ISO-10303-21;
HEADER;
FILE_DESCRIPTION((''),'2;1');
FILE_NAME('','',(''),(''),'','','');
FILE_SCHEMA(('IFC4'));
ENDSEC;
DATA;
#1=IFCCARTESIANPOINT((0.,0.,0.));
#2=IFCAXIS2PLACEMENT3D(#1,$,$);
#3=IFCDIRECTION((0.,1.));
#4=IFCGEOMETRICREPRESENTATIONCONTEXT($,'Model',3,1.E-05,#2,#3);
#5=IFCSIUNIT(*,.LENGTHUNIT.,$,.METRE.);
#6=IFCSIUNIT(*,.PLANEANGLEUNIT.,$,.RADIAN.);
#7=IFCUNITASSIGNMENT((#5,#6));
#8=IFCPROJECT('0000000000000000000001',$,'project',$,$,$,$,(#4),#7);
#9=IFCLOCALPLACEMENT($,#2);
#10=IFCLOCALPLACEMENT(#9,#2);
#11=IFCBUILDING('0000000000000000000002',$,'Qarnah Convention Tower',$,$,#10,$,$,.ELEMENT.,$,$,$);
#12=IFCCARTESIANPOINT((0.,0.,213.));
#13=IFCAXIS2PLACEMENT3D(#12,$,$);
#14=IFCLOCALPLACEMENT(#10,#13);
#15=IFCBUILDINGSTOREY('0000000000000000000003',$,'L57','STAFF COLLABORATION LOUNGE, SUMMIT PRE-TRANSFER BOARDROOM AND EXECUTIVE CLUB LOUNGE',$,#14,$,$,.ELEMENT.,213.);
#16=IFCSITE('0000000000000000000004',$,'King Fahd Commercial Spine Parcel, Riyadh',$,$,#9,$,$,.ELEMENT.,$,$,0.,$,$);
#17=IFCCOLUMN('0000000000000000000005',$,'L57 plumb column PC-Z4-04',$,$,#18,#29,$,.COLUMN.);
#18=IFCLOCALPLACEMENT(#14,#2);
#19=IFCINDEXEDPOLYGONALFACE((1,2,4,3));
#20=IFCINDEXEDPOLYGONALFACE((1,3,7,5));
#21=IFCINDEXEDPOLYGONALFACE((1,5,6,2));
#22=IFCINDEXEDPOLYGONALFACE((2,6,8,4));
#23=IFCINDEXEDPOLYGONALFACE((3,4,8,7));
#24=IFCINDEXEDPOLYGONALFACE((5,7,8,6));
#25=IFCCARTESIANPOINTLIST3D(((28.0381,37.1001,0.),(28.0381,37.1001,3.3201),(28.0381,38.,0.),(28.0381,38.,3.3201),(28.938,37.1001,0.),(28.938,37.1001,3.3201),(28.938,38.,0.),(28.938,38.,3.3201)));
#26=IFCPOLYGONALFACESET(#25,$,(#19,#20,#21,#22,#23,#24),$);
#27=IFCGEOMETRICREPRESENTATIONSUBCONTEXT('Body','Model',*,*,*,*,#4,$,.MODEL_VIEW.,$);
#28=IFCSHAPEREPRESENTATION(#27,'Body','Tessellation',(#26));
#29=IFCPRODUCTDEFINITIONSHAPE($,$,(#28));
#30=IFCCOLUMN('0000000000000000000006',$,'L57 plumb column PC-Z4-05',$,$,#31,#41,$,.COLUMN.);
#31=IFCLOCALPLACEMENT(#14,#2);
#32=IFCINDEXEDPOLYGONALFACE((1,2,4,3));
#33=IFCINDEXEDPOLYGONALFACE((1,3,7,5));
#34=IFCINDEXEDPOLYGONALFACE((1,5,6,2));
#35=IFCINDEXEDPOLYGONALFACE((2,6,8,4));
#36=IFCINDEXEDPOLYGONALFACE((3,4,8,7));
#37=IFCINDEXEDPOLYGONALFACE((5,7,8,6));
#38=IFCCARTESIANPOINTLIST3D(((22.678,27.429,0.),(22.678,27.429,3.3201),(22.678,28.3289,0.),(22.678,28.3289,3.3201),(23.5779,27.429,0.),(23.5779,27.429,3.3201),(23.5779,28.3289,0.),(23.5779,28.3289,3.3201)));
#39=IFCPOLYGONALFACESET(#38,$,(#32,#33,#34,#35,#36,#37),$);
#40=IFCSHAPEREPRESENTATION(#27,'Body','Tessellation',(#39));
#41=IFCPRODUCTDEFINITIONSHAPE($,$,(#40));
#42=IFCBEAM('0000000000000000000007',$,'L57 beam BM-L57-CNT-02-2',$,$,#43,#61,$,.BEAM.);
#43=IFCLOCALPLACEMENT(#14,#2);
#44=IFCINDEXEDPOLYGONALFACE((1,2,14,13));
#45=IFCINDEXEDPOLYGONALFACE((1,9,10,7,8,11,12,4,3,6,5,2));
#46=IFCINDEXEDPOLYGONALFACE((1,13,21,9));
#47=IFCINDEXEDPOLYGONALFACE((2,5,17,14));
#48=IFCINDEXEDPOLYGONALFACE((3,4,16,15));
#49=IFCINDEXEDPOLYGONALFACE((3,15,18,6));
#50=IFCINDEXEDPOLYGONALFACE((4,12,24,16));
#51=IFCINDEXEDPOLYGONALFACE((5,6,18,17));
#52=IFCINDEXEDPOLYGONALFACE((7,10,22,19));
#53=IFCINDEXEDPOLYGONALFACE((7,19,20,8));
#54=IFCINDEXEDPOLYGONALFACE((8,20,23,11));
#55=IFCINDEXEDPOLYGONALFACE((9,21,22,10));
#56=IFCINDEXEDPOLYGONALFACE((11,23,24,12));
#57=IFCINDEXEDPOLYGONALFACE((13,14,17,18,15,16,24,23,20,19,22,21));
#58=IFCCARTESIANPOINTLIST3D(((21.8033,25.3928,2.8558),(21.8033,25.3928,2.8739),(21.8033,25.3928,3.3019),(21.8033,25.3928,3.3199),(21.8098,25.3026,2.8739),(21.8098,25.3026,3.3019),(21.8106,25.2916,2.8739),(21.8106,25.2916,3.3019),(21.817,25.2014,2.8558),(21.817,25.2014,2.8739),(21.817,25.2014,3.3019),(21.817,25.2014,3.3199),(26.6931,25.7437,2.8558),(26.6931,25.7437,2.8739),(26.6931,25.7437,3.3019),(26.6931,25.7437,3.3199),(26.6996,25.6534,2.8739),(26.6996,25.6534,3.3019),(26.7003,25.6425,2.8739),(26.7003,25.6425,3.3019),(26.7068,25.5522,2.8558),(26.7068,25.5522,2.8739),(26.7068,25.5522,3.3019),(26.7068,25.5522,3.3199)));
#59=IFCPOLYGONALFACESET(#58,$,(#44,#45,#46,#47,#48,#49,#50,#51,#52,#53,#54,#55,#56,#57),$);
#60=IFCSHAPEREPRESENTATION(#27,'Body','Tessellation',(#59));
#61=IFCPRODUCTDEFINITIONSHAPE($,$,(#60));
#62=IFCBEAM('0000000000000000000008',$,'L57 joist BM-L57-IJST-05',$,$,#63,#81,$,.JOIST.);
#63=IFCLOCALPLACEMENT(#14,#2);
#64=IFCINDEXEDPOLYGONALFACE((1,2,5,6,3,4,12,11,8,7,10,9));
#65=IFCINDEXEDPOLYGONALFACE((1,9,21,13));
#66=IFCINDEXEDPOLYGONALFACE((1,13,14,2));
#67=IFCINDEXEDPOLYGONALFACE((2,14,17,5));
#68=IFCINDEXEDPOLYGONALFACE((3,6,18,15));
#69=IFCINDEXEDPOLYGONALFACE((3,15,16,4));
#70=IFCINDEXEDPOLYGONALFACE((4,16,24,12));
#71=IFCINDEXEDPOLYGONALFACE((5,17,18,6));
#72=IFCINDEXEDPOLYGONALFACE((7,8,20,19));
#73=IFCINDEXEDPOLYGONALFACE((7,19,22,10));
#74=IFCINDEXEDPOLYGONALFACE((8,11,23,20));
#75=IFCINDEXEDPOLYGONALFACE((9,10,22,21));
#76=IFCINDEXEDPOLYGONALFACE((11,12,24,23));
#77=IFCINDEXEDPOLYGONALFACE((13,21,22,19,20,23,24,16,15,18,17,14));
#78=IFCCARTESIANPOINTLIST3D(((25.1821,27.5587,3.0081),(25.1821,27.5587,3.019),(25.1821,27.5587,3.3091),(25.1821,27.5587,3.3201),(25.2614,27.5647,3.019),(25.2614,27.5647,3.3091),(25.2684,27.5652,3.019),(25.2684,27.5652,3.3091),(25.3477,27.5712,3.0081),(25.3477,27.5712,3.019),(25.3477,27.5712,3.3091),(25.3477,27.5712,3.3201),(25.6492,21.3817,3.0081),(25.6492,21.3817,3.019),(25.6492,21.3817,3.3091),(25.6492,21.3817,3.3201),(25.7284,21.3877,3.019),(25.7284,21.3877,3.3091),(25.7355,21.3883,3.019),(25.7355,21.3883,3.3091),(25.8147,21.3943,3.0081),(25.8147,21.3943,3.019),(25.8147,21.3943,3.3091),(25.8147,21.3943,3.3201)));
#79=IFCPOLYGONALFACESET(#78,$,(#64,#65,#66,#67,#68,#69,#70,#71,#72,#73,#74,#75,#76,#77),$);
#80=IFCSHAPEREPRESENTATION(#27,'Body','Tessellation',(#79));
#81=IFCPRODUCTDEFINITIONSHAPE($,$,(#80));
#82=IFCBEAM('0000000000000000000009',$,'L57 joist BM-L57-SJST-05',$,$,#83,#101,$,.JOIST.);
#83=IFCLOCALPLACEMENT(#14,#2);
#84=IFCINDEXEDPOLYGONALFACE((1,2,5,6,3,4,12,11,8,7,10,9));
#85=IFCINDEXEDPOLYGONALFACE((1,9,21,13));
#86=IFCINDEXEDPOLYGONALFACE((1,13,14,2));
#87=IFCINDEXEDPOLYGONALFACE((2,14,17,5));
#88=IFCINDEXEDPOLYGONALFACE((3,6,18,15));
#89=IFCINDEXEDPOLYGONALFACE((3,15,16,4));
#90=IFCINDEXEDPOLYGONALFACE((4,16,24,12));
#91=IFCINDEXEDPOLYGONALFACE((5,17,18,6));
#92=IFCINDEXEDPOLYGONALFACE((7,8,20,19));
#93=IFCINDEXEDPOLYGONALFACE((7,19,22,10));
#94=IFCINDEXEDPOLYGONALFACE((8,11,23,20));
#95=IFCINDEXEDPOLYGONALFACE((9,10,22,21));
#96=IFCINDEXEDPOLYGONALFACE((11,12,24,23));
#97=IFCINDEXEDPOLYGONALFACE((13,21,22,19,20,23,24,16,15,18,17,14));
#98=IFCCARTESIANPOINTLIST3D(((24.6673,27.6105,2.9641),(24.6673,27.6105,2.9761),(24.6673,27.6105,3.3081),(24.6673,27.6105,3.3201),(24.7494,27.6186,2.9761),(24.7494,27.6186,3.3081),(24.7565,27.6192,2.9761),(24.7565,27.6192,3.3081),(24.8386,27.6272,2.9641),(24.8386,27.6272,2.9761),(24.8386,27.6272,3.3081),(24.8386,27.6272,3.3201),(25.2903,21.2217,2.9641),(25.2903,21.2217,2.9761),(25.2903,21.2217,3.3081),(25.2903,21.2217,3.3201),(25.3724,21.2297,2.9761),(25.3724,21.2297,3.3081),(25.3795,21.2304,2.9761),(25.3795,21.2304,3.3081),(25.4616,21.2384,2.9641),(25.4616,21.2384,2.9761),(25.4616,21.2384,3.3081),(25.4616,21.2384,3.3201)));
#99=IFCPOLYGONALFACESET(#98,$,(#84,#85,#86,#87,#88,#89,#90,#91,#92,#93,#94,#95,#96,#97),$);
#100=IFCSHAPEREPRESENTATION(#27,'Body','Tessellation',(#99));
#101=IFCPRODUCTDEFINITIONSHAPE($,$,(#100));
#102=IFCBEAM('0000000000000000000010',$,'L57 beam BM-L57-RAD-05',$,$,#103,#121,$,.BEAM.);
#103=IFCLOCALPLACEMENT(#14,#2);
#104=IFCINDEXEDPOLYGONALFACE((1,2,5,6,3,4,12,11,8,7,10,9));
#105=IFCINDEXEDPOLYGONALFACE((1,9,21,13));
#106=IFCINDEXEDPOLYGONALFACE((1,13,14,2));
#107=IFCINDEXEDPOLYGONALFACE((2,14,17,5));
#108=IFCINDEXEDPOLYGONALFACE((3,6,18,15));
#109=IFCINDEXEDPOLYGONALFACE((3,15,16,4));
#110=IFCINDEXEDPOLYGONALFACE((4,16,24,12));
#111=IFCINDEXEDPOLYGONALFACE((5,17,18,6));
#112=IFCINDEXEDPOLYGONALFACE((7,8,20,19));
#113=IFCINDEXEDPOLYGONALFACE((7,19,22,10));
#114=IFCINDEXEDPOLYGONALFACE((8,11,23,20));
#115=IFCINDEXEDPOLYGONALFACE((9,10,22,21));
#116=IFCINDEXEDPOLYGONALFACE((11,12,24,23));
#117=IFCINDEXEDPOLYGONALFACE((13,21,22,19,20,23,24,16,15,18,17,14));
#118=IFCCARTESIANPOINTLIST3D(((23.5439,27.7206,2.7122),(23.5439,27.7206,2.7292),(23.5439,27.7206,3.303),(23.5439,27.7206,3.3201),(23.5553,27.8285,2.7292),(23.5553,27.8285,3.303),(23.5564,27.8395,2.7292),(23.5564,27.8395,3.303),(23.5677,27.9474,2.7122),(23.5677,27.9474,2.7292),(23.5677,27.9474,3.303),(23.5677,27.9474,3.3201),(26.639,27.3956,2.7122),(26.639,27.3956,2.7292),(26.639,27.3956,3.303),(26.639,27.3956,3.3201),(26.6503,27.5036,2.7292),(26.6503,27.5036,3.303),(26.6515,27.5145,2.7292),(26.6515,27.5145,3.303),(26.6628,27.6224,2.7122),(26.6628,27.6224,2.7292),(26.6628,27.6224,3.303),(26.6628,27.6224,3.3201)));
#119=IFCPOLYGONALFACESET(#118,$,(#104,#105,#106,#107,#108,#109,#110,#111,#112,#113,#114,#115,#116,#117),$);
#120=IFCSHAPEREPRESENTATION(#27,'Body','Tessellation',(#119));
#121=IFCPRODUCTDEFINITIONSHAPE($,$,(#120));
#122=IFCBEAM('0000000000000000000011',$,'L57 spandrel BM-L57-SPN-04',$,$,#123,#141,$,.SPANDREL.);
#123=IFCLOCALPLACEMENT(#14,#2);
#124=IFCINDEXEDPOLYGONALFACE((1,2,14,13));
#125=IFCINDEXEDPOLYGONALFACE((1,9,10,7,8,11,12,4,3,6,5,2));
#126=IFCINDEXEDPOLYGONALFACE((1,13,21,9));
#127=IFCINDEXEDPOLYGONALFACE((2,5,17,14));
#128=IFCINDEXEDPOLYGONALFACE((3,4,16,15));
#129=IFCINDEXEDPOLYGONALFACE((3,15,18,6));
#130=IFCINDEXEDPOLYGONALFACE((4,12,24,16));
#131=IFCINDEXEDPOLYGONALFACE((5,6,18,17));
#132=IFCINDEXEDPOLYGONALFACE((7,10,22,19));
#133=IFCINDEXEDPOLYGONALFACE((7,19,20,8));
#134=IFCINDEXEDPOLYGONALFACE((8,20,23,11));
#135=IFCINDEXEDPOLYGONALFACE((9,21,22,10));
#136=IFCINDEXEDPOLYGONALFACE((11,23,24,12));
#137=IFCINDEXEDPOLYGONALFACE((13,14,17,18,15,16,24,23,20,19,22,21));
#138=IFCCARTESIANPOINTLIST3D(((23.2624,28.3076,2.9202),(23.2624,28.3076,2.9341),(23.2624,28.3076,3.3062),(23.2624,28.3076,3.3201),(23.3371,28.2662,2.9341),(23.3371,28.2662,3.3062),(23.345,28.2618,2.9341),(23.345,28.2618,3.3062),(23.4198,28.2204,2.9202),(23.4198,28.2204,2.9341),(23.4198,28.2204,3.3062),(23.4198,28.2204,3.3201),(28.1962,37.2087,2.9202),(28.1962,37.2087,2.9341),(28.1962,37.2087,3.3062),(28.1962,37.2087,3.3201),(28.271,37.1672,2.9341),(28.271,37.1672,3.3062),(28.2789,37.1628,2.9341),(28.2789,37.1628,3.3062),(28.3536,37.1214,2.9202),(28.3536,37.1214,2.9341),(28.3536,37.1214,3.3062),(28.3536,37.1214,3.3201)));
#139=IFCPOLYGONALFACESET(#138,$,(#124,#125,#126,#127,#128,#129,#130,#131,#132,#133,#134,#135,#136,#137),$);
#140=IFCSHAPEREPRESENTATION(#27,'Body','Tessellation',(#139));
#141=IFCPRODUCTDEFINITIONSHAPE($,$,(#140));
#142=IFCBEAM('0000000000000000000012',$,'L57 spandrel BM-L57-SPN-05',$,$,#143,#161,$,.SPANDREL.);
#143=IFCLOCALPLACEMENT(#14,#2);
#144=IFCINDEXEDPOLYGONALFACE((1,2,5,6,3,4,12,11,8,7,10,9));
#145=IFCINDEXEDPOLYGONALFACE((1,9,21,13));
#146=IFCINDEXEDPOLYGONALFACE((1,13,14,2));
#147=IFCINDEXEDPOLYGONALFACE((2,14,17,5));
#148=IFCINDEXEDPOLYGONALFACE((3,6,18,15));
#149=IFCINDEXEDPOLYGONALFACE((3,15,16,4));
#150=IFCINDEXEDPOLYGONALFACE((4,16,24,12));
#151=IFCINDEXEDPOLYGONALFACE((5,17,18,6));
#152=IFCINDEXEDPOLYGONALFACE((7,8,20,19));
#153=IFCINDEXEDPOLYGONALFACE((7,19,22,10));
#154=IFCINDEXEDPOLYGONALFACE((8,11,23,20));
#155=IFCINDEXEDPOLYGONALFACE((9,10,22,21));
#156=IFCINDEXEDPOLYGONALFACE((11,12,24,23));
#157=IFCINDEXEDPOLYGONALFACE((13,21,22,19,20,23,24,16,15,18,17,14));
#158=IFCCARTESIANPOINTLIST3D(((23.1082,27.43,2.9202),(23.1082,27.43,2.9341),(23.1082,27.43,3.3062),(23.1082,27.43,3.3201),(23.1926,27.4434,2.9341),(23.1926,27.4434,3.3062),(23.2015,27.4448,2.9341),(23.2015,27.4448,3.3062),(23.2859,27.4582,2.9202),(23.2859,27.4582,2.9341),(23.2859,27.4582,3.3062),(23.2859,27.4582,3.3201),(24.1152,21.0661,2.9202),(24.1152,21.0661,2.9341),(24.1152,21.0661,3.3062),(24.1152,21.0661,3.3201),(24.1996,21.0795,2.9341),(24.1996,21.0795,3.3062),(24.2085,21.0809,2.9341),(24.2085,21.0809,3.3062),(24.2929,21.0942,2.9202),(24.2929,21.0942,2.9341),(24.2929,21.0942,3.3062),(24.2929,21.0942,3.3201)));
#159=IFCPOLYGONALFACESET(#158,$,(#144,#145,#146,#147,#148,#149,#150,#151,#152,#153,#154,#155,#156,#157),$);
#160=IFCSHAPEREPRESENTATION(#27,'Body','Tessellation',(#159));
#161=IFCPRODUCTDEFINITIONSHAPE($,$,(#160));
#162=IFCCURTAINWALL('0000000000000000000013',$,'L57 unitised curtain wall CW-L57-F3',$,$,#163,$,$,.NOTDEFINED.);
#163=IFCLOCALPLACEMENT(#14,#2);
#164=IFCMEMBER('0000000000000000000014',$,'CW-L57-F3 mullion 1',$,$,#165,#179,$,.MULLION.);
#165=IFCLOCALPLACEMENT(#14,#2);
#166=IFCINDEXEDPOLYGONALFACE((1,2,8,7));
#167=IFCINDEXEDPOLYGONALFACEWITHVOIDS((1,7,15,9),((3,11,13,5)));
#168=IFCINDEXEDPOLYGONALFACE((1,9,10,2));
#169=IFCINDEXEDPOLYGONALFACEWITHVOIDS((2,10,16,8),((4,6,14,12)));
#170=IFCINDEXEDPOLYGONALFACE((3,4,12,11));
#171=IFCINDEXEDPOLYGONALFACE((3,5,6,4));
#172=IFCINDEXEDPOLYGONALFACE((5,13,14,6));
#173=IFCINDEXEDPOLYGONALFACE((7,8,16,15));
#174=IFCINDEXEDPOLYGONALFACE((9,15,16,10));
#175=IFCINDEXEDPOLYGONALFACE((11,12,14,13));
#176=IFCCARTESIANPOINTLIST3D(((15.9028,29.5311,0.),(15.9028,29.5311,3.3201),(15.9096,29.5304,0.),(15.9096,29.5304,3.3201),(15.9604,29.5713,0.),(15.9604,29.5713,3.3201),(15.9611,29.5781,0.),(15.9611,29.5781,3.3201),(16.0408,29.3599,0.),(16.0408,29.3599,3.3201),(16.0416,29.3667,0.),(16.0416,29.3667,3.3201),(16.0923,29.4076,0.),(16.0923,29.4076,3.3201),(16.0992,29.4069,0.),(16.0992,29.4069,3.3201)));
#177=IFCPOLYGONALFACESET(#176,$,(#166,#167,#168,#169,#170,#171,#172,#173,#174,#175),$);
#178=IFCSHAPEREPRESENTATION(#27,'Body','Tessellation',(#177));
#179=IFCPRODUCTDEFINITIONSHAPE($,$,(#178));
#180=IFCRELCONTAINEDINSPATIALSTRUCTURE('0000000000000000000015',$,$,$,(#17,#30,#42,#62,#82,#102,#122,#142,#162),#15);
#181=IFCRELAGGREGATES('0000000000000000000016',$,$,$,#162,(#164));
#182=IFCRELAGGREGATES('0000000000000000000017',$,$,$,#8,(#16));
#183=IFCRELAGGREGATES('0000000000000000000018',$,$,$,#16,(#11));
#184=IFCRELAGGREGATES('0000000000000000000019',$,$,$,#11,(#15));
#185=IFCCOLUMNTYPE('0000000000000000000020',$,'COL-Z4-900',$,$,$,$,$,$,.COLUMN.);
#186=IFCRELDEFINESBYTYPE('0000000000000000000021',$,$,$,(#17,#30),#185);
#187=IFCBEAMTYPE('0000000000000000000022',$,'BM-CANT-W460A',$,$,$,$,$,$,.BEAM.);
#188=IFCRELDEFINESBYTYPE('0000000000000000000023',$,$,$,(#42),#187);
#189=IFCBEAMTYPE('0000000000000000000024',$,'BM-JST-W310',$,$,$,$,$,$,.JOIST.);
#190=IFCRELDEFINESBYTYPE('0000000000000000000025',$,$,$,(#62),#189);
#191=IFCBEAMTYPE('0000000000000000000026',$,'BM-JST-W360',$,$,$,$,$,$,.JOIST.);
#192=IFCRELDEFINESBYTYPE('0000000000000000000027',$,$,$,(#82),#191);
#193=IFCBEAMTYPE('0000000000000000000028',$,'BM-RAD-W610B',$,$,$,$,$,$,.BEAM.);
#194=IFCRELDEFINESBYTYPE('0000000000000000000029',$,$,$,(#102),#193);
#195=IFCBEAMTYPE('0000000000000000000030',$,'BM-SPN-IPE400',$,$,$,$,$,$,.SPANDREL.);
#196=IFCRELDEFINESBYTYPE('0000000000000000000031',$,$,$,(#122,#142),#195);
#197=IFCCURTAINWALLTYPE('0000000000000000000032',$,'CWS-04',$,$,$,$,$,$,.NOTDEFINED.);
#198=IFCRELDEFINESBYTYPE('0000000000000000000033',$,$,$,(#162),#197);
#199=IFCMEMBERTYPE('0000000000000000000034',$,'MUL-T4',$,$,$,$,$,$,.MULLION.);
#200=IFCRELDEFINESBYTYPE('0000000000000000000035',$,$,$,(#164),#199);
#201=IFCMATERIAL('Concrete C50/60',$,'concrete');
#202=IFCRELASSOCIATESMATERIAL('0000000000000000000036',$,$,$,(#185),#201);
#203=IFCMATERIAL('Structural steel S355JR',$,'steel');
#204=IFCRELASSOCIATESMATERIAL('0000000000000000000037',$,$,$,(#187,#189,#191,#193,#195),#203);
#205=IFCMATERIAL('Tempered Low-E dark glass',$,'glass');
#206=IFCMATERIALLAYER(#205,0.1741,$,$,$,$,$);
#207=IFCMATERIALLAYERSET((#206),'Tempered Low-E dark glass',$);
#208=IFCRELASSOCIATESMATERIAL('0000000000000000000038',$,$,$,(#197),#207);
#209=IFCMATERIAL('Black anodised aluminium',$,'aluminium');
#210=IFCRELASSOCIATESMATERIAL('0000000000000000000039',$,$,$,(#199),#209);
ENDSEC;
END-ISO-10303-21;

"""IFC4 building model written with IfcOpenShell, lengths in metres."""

from ifc_helpers import new_model, si_unit, direction, frame, origin, origin_2d, place, context, subcontext, project, spatial, rectangle, hollow_rectangle, i_section, extrude, material, layer, layer_set, material_profile, profile_set, type_object, element, aggregate, save


model = new_model("IFC4")

# Units and contexts
model_context = context("Model", 3, precision=1e-05, world=origin(), true_north=direction((0.0, 1.0)))
body_context = subcontext(model_context, "Body", "Model", "MODEL_VIEW")
ifc_project = project(units=[si_unit("LENGTHUNIT", "METRE"), si_unit("PLANEANGLEUNIT", "RADIAN")], contexts=[model_context])

# Site, building, storey
site_placement = place(None, origin())
site = spatial("IfcSite", under=ifc_project, at=site_placement, Name="King Fahd Commercial Spine Parcel, Riyadh", CompositionType="ELEMENT", RefElevation=0.0)
building_placement = place(site_placement, origin())
building = spatial("IfcBuilding", under=site, at=building_placement, Name="Qarnah Convention Tower", CompositionType="ELEMENT")
storey_placement = place(building_placement, frame((0.0, 0.0, 213.0)))
storey = spatial("IfcBuildingStorey", under=building, at=storey_placement, Name="L57", Description="STAFF COLLABORATION LOUNGE, SUMMIT PRE-TRANSFER BOARDROOM AND EXECUTIVE CLUB LOUNGE", CompositionType="ELEMENT", Elevation=213.0)

# Columns
ifc_material_1 = material(Name="Concrete C50/60", Category="concrete")
ifc_material_profile_1 = material_profile(ifc_material_1, rectangle(XDim=0.8999, YDim=0.8999, at=origin_2d()), Name="RC-COL-900X900")
ifc_profile_set_1 = profile_set([ifc_material_profile_1], Name="Concrete C50/60")
column_type = type_object("IfcColumnType", Name="COL-Z4-900", PredefinedType="COLUMN", material=ifc_profile_set_1)
for number, where, z_axis, x_axis, name in (
    (1, (28.488, 37.55, 0.0), (0.0, 0.0, 1.0), (1.0, 0.0, 0.0), "L57 plumb column PC-Z4-04"),
    (2, (23.1279, 27.8789, 0.0), (0.0, 0.0, 1.0), (1.0, 0.0, 0.0), "L57 plumb column PC-Z4-05"),
):
    element("IfcColumn", number, at=place(storey_placement, frame(where, z_axis=z_axis, x_axis=x_axis)), inside=storey, type_object=column_type, Name=name, PredefinedType="COLUMN", context=body_context, shape_type="SweptSolid", body=[
        extrude(rectangle(XDim=0.8999, YDim=0.8999, at=origin_2d()), origin(), (0.0, 0.0, 1.0), 3.3201),
    ])

# Beams
ifc_material_2 = material(Name="Structural steel S355JR", Category="steel")
ifc_material_profile_2 = material_profile(ifc_material_2, i_section(OverallWidth=0.1919, OverallDepth=0.4641, WebThickness=0.011, FlangeThickness=0.0181, at=origin_2d()), Name="W460X89")
ifc_profile_set_2 = profile_set([ifc_material_profile_2], Name="Structural steel S355JR")
beam_type_1 = type_object("IfcBeamType", Name="BM-CANT-W460A", PredefinedType="BEAM", material=ifc_profile_set_2)
beam_1_placement = place(storey_placement, frame((26.7, 25.6479, 3.0879), z_axis=(-0.997436, -0.071562, 0.0), x_axis=(0.071562, -0.997436, 0.0)))
element("IfcBeam", 3, at=beam_1_placement, inside=storey, type_object=beam_type_1, Name="L57 beam BM-L57-CNT-02-2", PredefinedType="BEAM", context=body_context, shape_type="SweptSolid", body=[
    extrude(i_section(OverallWidth=0.1919, OverallDepth=0.4641, WebThickness=0.011, FlangeThickness=0.0181, at=origin_2d()), origin(), (0.0, 0.0, 1.0), 4.9023),
])
ifc_material_profile_3 = material_profile(ifc_material_2, i_section(OverallWidth=0.166, OverallDepth=0.312, WebThickness=0.0071, FlangeThickness=0.011, at=origin_2d()), Name="W310X45")
ifc_profile_set_3 = profile_set([ifc_material_profile_3], Name="Structural steel S355JR")
beam_type_2 = type_object("IfcBeamType", Name="BM-JST-W310", PredefinedType="JOIST", material=ifc_profile_set_3)
beam_2_placement = place(storey_placement, frame((25.2649, 27.5649, 3.1641), z_axis=(0.075394, -0.997154, 0.0), x_axis=(0.997154, 0.075394, 0.0)))
element("IfcBeam", 4, at=beam_2_placement, inside=storey, type_object=beam_type_2, Name="L57 joist BM-L57-IJST-05", PredefinedType="JOIST", context=body_context, shape_type="SweptSolid", body=[
    extrude(i_section(OverallWidth=0.166, OverallDepth=0.312, WebThickness=0.0071, FlangeThickness=0.011, at=origin_2d()), origin(), (0.0, 0.0, 1.0), 6.1946),
])
ifc_material_profile_4 = material_profile(ifc_material_2, i_section(OverallWidth=0.1721, OverallDepth=0.356, WebThickness=0.0071, FlangeThickness=0.012, at=origin_2d()), Name="W360X51")
ifc_profile_set_4 = profile_set([ifc_material_profile_4], Name="Structural steel S355JR")
beam_type_3 = type_object("IfcBeamType", Name="BM-JST-W360", PredefinedType="JOIST", material=ifc_profile_set_4)
beam_3_placement = place(storey_placement, frame((24.7529, 27.6189, 3.1421), z_axis=(0.09706, -0.995279, 0.0), x_axis=(0.995279, 0.09706, 0.0)))
element("IfcBeam", 5, at=beam_3_placement, inside=storey, type_object=beam_type_3, Name="L57 joist BM-L57-SJST-05", PredefinedType="JOIST", context=body_context, shape_type="SweptSolid", body=[
    extrude(i_section(OverallWidth=0.1721, OverallDepth=0.356, WebThickness=0.0071, FlangeThickness=0.012, at=origin_2d()), origin(), (0.0, 0.0, 1.0), 6.4192),
])
ifc_material_profile_5 = material_profile(ifc_material_2, i_section(OverallWidth=0.228, OverallDepth=0.6079, WebThickness=0.011, FlangeThickness=0.0171, at=origin_2d()), Name="W610X113")
ifc_profile_set_5 = profile_set([ifc_material_profile_5], Name="Structural steel S355JR")
beam_type_4 = type_object("IfcBeamType", Name="BM-RAD-W610B", PredefinedType="BEAM", material=ifc_profile_set_5)
beam_4_placement = place(storey_placement, frame((26.6509, 27.509, 3.0161), z_axis=(-0.994533, 0.104419, 0.0), x_axis=(-0.104419, -0.994533, 0.0)))
element("IfcBeam", 6, at=beam_4_placement, inside=storey, type_object=beam_type_4, Name="L57 beam BM-L57-RAD-05", PredefinedType="BEAM", context=body_context, shape_type="SweptSolid", body=[
    extrude(i_section(OverallWidth=0.228, OverallDepth=0.6079, WebThickness=0.011, FlangeThickness=0.0171, at=origin_2d()), origin(), (0.0, 0.0, 1.0), 3.1121),
])
ifc_material_profile_6 = material_profile(ifc_material_2, i_section(OverallWidth=0.1799, OverallDepth=0.3999, WebThickness=0.009, FlangeThickness=0.0139, at=origin_2d()), Name="IPE400")
ifc_profile_set_6 = profile_set([ifc_material_profile_6], Name="Structural steel S355JR")
beam_type_5 = type_object("IfcBeamType", Name="BM-SPN-IPE400", PredefinedType="SPANDREL", material=ifc_profile_set_6)
beam_5_placement = place(storey_placement, frame((28.2749, 37.165, 3.1201), z_axis=(-0.484799, -0.874625, 0.0), x_axis=(0.874625, -0.484799, 0.0)))
element("IfcBeam", 7, at=beam_5_placement, inside=storey, type_object=beam_type_5, Name="L57 spandrel BM-L57-SPN-04", PredefinedType="SPANDREL", context=body_context, shape_type="SweptSolid", body=[
    extrude(i_section(OverallWidth=0.1799, OverallDepth=0.3999, WebThickness=0.009, FlangeThickness=0.0139, at=origin_2d()), origin(), (0.0, 0.0, 1.0), 10.177),
])
beam_6_placement = place(storey_placement, frame((23.197, 27.4441, 3.1201), z_axis=(0.156301, -0.987709, 0.0), x_axis=(0.987709, 0.156301, 0.0)))
element("IfcBeam", 8, at=beam_6_placement, inside=storey, type_object=beam_type_5, Name="L57 spandrel BM-L57-SPN-05", PredefinedType="SPANDREL", context=body_context, shape_type="SweptSolid", body=[
    extrude(i_section(OverallWidth=0.1799, OverallDepth=0.3999, WebThickness=0.009, FlangeThickness=0.0139, at=origin_2d()), origin(), (0.0, 0.0, 1.0), 6.4431),
])

# Curtain wall, member
ifc_material_3 = material(Name="Tempered Low-E dark glass", Category="glass")
ifc_layer_1 = layer(ifc_material_3, 0.1741)
ifc_layer_set_1 = layer_set([ifc_layer_1], Name="Tempered Low-E dark glass")
curtain_wall_type = type_object("IfcCurtainWallType", Name="CWS-04", PredefinedType="NOTDEFINED", material=ifc_layer_set_1)
curtain_wall_placement = place(storey_placement, origin())
curtain_wall = element("IfcCurtainWall", 9, at=curtain_wall_placement, inside=storey, type_object=curtain_wall_type, Name="L57 unitised curtain wall CW-L57-F3", PredefinedType="NOTDEFINED")
ifc_material_4 = material(Name="Black anodised aluminium", Category="aluminium")
ifc_material_profile_7 = material_profile(ifc_material_4, hollow_rectangle(XDim=0.075, YDim=0.22, WallThickness=0.0049, at=origin_2d()), Name="MUL-75X220")
ifc_profile_set_7 = profile_set([ifc_material_profile_7], Name="Black anodised aluminium")
member_type_1 = type_object("IfcMemberType", Name="MUL-T4", PredefinedType="MULLION", material=ifc_profile_set_7)
member_1_placement = place(storey_placement, frame((16.001, 29.469, 0.0), z_axis=(0.0, 0.0, 1.0), x_axis=(0.778477, 0.627674, 0.0)))
member_1 = element("IfcMember", 10, at=member_1_placement, type_object=member_type_1, Name="CW-L57-F3 mullion 1", PredefinedType="MULLION", context=body_context, shape_type="SweptSolid", body=[
    extrude(hollow_rectangle(XDim=0.075, YDim=0.22, WallThickness=0.0049, at=origin_2d()), origin(), (0.0, 0.0, 1.0), 3.3201),
])
aggregate(curtain_wall, [member_1])

save(model, "model.ifc")
